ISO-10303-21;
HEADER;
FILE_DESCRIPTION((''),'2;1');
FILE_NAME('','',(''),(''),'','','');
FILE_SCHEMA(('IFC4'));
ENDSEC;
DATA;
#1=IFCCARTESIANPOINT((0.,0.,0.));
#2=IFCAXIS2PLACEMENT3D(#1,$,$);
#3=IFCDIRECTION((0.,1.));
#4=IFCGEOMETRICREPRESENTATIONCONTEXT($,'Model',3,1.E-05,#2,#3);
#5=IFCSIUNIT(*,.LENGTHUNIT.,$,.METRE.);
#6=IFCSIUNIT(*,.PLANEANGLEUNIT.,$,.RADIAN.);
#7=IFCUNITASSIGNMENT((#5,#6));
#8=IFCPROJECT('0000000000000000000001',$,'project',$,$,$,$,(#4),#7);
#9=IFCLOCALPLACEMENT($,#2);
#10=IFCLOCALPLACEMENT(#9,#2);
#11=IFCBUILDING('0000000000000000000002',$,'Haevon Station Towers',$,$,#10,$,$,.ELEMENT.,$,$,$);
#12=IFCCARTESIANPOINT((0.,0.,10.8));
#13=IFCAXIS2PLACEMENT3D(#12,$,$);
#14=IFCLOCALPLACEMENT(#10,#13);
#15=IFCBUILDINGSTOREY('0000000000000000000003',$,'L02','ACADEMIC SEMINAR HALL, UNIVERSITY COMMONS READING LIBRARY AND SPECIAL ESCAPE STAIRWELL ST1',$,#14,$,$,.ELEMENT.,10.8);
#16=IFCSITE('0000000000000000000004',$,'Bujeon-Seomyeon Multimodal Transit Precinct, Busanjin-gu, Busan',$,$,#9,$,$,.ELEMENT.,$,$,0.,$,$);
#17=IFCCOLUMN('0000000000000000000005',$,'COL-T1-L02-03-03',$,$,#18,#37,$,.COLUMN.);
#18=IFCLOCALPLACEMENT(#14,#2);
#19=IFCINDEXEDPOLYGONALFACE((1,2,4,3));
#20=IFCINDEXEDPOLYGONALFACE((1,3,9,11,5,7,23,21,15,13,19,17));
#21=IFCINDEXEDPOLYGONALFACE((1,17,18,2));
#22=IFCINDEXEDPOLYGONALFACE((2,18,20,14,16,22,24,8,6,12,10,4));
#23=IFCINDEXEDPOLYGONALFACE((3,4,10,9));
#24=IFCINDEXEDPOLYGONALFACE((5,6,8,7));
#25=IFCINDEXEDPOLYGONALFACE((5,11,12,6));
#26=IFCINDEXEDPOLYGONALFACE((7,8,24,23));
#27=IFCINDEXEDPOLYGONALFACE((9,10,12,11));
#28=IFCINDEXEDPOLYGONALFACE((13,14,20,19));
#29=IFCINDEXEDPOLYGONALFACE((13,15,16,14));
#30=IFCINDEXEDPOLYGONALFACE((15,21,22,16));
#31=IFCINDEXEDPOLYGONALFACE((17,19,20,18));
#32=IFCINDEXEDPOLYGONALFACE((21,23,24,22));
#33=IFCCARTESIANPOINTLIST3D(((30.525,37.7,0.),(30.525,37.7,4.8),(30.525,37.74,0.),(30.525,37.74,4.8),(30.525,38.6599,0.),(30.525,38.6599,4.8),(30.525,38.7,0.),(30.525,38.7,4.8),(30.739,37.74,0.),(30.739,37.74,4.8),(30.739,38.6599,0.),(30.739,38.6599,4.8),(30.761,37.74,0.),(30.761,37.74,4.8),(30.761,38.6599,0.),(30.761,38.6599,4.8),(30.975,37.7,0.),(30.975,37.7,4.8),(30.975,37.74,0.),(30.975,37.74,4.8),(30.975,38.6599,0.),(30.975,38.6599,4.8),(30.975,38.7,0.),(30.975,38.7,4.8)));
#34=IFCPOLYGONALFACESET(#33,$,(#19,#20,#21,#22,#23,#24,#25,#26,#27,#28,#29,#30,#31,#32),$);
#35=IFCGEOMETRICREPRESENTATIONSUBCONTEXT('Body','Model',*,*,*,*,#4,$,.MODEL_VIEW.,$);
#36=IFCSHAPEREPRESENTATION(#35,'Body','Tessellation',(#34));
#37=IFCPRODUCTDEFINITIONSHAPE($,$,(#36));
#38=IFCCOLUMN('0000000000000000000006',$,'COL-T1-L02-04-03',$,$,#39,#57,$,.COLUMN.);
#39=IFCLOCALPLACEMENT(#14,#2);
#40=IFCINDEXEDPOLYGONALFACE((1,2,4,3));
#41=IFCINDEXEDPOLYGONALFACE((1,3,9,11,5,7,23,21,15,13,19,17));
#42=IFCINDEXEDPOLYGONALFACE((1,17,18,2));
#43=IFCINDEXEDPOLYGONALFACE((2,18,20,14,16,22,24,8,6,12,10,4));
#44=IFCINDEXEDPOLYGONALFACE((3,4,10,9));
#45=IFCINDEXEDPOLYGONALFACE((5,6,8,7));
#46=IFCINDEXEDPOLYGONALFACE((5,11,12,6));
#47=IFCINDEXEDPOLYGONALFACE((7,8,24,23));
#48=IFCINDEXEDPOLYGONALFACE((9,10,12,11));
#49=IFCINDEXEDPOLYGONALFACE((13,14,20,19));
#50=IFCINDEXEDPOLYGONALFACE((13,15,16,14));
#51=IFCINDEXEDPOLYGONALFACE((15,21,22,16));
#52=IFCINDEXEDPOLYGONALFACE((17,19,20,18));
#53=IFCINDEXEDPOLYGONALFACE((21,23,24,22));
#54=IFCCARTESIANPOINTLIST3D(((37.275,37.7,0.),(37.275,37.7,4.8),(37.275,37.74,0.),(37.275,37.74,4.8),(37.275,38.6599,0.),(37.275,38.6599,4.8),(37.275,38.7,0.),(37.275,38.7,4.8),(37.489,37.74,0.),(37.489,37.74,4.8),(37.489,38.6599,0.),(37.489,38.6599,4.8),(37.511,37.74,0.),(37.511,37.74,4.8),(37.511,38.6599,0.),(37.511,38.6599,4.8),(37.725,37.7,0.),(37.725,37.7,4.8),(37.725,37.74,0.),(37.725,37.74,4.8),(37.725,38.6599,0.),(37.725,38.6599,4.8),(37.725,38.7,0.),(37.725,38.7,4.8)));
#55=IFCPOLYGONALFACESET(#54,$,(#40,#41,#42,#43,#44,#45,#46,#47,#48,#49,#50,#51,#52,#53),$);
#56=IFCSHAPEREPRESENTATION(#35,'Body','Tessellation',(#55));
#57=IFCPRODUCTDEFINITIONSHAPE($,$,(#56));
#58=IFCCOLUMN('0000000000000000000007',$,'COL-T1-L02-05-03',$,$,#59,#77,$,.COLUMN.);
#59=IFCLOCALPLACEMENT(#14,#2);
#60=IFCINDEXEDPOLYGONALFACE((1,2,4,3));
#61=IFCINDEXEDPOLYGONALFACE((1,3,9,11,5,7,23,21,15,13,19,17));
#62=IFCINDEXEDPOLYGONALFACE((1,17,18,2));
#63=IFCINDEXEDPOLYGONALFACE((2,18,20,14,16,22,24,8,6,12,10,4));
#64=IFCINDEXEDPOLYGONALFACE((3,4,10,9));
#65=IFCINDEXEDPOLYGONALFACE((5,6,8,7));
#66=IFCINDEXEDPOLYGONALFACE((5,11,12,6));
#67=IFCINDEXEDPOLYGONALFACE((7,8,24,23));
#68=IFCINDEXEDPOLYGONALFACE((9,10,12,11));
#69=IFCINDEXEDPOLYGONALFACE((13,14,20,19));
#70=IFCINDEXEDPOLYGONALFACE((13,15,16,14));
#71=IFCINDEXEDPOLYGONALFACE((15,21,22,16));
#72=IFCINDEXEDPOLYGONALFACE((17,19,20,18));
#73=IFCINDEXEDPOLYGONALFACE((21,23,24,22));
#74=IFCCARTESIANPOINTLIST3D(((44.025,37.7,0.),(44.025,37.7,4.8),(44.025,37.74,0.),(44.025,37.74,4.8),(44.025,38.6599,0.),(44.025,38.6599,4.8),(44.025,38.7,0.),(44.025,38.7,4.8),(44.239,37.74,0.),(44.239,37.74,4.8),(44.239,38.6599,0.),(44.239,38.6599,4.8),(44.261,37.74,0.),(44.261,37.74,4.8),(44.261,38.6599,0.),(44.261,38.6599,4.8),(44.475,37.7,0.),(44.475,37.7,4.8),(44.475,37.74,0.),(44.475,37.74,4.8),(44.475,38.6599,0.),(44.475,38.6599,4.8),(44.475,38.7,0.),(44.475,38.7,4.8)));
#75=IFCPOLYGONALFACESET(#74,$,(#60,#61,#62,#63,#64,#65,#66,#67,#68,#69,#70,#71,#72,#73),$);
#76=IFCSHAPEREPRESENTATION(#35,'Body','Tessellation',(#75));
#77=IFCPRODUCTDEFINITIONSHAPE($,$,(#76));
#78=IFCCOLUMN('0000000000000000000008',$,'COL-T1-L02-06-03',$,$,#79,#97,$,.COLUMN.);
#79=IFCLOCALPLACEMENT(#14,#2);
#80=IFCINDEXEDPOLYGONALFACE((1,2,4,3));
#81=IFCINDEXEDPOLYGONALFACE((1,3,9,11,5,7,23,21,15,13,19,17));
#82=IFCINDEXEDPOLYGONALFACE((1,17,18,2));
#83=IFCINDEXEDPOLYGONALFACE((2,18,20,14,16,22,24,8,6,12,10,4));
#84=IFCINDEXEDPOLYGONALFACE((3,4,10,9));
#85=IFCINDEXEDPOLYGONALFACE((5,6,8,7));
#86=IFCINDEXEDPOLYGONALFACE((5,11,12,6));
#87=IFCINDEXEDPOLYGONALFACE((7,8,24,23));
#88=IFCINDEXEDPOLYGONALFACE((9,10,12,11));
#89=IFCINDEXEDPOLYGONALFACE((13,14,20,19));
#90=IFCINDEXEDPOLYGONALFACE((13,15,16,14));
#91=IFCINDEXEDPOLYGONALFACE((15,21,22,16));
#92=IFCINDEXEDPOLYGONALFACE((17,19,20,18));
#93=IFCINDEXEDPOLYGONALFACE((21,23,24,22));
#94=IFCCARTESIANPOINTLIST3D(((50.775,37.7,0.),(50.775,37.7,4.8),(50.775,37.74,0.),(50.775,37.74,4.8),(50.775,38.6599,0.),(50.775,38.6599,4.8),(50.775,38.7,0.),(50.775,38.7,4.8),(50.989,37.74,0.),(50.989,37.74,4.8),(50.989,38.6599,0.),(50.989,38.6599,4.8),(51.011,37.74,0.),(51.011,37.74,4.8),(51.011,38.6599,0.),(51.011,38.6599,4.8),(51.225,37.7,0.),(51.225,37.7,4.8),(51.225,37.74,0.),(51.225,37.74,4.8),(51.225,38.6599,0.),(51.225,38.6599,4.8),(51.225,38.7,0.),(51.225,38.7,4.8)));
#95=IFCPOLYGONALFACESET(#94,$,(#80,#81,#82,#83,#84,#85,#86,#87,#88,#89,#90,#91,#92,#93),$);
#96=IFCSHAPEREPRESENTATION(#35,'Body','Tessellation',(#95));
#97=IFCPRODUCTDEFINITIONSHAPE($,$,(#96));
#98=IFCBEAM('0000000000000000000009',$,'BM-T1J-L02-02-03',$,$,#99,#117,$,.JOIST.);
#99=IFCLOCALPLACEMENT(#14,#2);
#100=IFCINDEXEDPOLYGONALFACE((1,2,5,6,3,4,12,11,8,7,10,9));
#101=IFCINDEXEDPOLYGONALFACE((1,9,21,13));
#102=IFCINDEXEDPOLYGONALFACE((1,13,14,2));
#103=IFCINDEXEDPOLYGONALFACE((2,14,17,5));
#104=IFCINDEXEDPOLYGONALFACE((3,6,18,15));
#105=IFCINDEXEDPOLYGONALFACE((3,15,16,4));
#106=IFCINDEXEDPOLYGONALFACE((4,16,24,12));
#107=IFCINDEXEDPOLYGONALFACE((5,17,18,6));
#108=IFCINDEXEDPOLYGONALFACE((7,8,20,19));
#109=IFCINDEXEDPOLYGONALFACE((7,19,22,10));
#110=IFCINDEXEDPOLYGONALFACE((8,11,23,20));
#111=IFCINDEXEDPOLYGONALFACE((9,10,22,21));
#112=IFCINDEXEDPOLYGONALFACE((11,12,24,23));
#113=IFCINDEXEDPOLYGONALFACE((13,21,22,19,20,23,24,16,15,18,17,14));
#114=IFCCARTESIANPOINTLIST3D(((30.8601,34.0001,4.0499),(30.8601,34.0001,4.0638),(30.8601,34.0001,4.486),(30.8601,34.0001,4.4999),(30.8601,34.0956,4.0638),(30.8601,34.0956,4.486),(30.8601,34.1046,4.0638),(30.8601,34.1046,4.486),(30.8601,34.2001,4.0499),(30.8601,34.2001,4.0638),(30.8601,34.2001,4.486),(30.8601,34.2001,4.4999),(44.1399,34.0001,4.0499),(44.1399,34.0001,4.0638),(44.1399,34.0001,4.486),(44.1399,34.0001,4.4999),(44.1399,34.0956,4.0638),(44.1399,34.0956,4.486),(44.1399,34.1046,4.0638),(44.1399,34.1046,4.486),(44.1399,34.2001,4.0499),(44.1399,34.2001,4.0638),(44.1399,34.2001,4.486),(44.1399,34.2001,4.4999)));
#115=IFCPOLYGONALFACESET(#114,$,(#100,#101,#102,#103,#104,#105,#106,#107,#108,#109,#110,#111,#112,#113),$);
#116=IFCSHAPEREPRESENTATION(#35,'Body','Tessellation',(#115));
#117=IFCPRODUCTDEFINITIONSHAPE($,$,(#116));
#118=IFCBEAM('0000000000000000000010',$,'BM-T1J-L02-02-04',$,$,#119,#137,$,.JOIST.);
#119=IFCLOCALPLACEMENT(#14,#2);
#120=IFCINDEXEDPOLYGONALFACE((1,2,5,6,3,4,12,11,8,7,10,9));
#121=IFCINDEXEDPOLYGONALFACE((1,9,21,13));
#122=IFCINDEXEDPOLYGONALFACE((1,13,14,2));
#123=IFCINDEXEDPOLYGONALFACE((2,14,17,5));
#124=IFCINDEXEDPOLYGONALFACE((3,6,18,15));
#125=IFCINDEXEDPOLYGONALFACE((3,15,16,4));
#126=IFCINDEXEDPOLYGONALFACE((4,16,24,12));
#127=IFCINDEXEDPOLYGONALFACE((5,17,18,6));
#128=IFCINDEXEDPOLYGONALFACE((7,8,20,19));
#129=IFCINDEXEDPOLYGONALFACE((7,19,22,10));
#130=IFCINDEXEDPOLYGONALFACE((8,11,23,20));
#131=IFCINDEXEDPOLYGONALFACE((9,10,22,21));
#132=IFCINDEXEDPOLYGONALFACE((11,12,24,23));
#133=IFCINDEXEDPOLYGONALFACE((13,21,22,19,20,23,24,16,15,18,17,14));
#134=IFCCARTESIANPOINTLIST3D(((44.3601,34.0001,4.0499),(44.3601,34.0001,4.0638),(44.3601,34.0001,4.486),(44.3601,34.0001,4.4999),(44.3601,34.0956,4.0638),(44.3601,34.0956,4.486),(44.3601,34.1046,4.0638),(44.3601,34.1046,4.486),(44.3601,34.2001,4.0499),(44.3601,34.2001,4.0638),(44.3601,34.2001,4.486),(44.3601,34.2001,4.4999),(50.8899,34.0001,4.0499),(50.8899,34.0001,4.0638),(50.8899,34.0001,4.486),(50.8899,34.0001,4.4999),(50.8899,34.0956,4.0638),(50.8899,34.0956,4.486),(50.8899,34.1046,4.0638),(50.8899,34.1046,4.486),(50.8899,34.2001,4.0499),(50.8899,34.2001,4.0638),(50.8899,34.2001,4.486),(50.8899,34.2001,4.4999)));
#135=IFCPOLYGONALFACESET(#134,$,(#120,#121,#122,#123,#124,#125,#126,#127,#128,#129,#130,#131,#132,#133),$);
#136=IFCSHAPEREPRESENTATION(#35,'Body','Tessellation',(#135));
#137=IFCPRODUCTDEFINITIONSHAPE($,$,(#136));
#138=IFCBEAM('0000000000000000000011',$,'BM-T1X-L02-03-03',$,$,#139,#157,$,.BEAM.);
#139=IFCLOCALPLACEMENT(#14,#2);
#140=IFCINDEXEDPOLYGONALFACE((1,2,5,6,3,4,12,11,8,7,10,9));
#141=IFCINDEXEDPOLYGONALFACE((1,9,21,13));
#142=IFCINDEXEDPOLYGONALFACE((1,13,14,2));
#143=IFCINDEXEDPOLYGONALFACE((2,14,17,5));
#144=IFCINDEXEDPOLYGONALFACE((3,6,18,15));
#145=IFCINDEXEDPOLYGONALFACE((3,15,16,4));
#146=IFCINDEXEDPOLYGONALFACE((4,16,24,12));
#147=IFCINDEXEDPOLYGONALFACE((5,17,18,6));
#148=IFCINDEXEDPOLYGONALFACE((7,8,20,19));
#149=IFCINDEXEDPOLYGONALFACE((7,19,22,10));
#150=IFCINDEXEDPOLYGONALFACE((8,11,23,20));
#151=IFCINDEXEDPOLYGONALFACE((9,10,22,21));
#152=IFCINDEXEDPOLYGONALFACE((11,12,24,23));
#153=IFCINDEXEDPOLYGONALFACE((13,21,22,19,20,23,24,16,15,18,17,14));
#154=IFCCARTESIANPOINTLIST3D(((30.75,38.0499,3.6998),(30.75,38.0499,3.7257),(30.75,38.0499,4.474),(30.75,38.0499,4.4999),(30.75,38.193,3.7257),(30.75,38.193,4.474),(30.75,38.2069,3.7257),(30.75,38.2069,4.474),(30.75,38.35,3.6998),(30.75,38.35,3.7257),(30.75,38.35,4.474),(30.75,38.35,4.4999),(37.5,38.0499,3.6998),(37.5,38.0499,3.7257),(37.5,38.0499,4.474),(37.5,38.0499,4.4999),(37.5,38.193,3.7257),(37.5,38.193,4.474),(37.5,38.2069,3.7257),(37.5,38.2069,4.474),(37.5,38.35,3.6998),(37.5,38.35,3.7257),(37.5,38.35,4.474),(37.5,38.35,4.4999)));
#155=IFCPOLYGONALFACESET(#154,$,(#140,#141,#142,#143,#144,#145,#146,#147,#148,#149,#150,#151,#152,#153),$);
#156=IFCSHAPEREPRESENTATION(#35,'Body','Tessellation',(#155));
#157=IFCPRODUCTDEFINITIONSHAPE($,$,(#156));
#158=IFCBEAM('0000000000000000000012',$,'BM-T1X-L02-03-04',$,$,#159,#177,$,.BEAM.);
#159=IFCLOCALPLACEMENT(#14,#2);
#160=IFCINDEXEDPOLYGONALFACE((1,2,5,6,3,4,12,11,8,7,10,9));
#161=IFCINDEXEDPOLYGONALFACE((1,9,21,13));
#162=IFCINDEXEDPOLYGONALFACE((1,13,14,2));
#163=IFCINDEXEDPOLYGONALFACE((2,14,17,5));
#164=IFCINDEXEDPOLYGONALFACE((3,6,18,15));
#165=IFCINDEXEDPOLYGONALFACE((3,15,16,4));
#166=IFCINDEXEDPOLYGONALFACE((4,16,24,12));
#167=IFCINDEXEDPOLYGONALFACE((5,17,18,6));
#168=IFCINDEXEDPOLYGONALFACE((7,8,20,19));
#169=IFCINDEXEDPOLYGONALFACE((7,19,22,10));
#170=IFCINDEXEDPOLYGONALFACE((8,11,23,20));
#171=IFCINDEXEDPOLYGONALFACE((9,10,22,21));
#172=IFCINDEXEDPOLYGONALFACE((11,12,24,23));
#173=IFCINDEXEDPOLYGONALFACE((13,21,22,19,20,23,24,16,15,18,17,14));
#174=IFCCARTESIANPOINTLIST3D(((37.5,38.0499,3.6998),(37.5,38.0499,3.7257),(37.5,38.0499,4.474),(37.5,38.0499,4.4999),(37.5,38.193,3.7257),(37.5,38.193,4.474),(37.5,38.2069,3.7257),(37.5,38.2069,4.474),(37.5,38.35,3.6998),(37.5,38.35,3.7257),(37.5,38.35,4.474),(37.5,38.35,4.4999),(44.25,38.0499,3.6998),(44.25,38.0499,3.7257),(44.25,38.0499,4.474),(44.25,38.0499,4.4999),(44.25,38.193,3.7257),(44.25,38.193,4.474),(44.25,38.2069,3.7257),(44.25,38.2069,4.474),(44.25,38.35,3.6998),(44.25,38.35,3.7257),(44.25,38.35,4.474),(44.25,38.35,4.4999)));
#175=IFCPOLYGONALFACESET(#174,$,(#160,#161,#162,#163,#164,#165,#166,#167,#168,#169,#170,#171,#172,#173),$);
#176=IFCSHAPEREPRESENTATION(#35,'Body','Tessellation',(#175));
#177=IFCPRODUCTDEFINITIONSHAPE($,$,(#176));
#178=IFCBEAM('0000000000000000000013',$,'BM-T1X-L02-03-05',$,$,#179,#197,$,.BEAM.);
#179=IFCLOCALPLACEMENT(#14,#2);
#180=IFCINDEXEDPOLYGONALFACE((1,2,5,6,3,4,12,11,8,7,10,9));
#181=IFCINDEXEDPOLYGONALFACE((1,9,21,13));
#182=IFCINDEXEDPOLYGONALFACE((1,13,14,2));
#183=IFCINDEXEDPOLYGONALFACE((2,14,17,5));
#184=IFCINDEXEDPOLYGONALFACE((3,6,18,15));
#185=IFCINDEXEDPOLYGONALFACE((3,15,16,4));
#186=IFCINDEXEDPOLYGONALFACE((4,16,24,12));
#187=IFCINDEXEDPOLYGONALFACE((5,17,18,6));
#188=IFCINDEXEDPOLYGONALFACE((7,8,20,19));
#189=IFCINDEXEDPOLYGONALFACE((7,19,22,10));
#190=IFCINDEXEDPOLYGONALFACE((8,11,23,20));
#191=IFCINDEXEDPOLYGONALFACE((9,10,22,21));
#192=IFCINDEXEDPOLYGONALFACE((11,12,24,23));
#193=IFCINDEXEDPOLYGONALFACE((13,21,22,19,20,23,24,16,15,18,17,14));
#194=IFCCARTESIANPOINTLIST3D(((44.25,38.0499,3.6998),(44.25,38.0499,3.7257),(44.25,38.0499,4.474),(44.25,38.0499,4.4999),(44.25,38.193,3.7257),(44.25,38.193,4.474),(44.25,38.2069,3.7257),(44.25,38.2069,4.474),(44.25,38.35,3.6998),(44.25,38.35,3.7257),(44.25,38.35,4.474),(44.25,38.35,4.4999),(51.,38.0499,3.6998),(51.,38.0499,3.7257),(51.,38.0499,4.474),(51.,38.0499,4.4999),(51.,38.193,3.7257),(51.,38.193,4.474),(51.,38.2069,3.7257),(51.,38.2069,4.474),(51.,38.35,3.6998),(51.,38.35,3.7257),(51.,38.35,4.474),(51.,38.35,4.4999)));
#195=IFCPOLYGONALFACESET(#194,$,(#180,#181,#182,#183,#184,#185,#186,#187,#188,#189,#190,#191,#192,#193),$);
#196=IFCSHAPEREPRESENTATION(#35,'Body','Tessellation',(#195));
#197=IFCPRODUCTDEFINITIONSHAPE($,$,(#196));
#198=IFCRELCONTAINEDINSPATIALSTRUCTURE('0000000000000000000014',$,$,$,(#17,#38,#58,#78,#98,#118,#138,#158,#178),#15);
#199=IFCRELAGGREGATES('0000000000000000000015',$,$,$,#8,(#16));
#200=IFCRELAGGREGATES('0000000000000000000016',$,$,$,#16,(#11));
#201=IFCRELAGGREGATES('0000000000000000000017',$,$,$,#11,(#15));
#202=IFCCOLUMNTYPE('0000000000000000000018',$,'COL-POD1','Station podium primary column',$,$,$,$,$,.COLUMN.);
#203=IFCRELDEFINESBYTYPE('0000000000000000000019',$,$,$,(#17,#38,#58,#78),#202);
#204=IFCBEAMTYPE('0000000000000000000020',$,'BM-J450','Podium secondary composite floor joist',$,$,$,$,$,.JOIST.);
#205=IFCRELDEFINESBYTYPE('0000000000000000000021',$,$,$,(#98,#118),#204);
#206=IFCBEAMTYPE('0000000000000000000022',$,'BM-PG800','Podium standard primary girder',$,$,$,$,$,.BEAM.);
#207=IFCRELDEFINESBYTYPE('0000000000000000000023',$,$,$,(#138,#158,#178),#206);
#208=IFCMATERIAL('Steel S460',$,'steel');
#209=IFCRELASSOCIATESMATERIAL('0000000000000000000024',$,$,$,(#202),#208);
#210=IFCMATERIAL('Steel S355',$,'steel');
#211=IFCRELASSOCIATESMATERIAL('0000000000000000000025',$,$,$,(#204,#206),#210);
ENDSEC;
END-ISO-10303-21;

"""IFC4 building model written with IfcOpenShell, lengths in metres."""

from ifc_helpers import new_model, si_unit, direction, frame, origin, origin_2d, place, context, subcontext, project, spatial, i_section, extrude, material, material_profile, profile_set, type_object, element, save


model = new_model("IFC4")

# Units and contexts
model_context = context("Model", 3, precision=1e-05, world=origin(), true_north=direction((0.0, 1.0)))
body_context = subcontext(model_context, "Body", "Model", "MODEL_VIEW")
ifc_project = project(units=[si_unit("LENGTHUNIT", "METRE"), si_unit("PLANEANGLEUNIT", "RADIAN")], contexts=[model_context])

# Site, building, storey
site_placement = place(None, origin())
site = spatial("IfcSite", under=ifc_project, at=site_placement, Name="Bujeon-Seomyeon Multimodal Transit Precinct, Busanjin-gu, Busan", CompositionType="ELEMENT", RefElevation=0.0)
building_placement = place(site_placement, origin())
building = spatial("IfcBuilding", under=site, at=building_placement, Name="Haevon Station Towers", CompositionType="ELEMENT")
storey_placement = place(building_placement, frame((0.0, 0.0, 10.8)))
storey = spatial("IfcBuildingStorey", under=building, at=storey_placement, Name="L02", Description="ACADEMIC SEMINAR HALL, UNIVERSITY COMMONS READING LIBRARY AND SPECIAL ESCAPE STAIRWELL ST1", CompositionType="ELEMENT", Elevation=10.8)

# Columns
ifc_material_1 = material(Name="Steel S460", Category="steel")
ifc_material_profile_1 = material_profile(ifc_material_1, i_section(OverallWidth=0.45, OverallDepth=1.0, WebThickness=0.022, FlangeThickness=0.04, at=origin_2d()), Name="H-1000x450x22x40")
ifc_profile_set_1 = profile_set([ifc_material_profile_1], Name="Steel S460")
column_type = type_object("IfcColumnType", Name="COL-POD1", Description="Station podium primary column", PredefinedType="COLUMN", material=ifc_profile_set_1)
for number, where, z_axis, x_axis, name in (
    (1, (30.75, 38.2, 0.0), (0.0, 0.0, 1.0), (1.0, 0.0, 0.0), "COL-T1-L02-03-03"),
    (2, (37.5, 38.2, 0.0), (0.0, 0.0, 1.0), (1.0, 0.0, 0.0), "COL-T1-L02-04-03"),
    (3, (44.25, 38.2, 0.0), (0.0, 0.0, 1.0), (1.0, 0.0, 0.0), "COL-T1-L02-05-03"),
    (4, (51.0, 38.2, 0.0), (0.0, 0.0, 1.0), (1.0, 0.0, 0.0), "COL-T1-L02-06-03"),
):
    element("IfcColumn", number, at=place(storey_placement, frame(where, z_axis=z_axis, x_axis=x_axis)), inside=storey, type_object=column_type, Name=name, PredefinedType="COLUMN", context=body_context, shape_type="SweptSolid", body=[
        extrude(i_section(OverallWidth=0.45, OverallDepth=1.0, WebThickness=0.022, FlangeThickness=0.04, at=origin_2d()), origin(), (0.0, 0.0, 1.0), 4.8),
    ])

# Beams
ifc_material_2 = material(Name="Steel S355", Category="steel")
ifc_material_profile_2 = material_profile(ifc_material_2, i_section(OverallWidth=0.2, OverallDepth=0.45, WebThickness=0.009, FlangeThickness=0.0139, at=origin_2d()), Name="H-450x200x9x14")
ifc_profile_set_2 = profile_set([ifc_material_profile_2], Name="Steel S355")
beam_type_1 = type_object("IfcBeamType", Name="BM-J450", Description="Podium secondary composite floor joist", PredefinedType="JOIST", material=ifc_profile_set_2)
beam_1_placement = place(storey_placement, frame((30.8601, 34.1001, 4.2749), z_axis=(1.0, 0.0, 0.0), x_axis=(0.0, 1.0, 0.0)))
element("IfcBeam", 5, at=beam_1_placement, inside=storey, type_object=beam_type_1, Name="BM-T1J-L02-02-03", PredefinedType="JOIST", context=body_context, shape_type="SweptSolid", body=[
    extrude(i_section(OverallWidth=0.2, OverallDepth=0.45, WebThickness=0.009, FlangeThickness=0.0139, at=origin_2d()), origin(), (0.0, 0.0, 1.0), 13.2798),
])
beam_2_placement = place(storey_placement, frame((44.3601, 34.1001, 4.2749), z_axis=(1.0, 0.0, 0.0), x_axis=(0.0, 1.0, 0.0)))
element("IfcBeam", 6, at=beam_2_placement, inside=storey, type_object=beam_type_1, Name="BM-T1J-L02-02-04", PredefinedType="JOIST", context=body_context, shape_type="SweptSolid", body=[
    extrude(i_section(OverallWidth=0.2, OverallDepth=0.45, WebThickness=0.009, FlangeThickness=0.0139, at=origin_2d()), origin(), (0.0, 0.0, 1.0), 6.5298),
])
ifc_material_profile_3 = material_profile(ifc_material_2, i_section(OverallWidth=0.3, OverallDepth=0.8, WebThickness=0.0139, FlangeThickness=0.0259, at=origin_2d()), Name="H-800x300x14x26")
ifc_profile_set_3 = profile_set([ifc_material_profile_3], Name="Steel S355")
beam_type_2 = type_object("IfcBeamType", Name="BM-PG800", Description="Podium standard primary girder", PredefinedType="BEAM", material=ifc_profile_set_3)
for number, where, z_axis, x_axis, name in (
    (7, (30.75, 38.2, 4.0999), (1.0, 0.0, 0.0), (0.0, 1.0, 0.0), "BM-T1X-L02-03-03"),
    (8, (37.5, 38.2, 4.0999), (1.0, 0.0, 0.0), (0.0, 1.0, 0.0), "BM-T1X-L02-03-04"),
    (9, (44.25, 38.2, 4.0999), (1.0, 0.0, 0.0), (0.0, 1.0, 0.0), "BM-T1X-L02-03-05"),
):
    element("IfcBeam", number, at=place(storey_placement, frame(where, z_axis=z_axis, x_axis=x_axis)), inside=storey, type_object=beam_type_2, Name=name, PredefinedType="BEAM", context=body_context, shape_type="SweptSolid", body=[
        extrude(i_section(OverallWidth=0.3, OverallDepth=0.8, WebThickness=0.0139, FlangeThickness=0.0259, at=origin_2d()), origin(), (0.0, 0.0, 1.0), 6.75),
    ])

save(model, "model.ifc")
